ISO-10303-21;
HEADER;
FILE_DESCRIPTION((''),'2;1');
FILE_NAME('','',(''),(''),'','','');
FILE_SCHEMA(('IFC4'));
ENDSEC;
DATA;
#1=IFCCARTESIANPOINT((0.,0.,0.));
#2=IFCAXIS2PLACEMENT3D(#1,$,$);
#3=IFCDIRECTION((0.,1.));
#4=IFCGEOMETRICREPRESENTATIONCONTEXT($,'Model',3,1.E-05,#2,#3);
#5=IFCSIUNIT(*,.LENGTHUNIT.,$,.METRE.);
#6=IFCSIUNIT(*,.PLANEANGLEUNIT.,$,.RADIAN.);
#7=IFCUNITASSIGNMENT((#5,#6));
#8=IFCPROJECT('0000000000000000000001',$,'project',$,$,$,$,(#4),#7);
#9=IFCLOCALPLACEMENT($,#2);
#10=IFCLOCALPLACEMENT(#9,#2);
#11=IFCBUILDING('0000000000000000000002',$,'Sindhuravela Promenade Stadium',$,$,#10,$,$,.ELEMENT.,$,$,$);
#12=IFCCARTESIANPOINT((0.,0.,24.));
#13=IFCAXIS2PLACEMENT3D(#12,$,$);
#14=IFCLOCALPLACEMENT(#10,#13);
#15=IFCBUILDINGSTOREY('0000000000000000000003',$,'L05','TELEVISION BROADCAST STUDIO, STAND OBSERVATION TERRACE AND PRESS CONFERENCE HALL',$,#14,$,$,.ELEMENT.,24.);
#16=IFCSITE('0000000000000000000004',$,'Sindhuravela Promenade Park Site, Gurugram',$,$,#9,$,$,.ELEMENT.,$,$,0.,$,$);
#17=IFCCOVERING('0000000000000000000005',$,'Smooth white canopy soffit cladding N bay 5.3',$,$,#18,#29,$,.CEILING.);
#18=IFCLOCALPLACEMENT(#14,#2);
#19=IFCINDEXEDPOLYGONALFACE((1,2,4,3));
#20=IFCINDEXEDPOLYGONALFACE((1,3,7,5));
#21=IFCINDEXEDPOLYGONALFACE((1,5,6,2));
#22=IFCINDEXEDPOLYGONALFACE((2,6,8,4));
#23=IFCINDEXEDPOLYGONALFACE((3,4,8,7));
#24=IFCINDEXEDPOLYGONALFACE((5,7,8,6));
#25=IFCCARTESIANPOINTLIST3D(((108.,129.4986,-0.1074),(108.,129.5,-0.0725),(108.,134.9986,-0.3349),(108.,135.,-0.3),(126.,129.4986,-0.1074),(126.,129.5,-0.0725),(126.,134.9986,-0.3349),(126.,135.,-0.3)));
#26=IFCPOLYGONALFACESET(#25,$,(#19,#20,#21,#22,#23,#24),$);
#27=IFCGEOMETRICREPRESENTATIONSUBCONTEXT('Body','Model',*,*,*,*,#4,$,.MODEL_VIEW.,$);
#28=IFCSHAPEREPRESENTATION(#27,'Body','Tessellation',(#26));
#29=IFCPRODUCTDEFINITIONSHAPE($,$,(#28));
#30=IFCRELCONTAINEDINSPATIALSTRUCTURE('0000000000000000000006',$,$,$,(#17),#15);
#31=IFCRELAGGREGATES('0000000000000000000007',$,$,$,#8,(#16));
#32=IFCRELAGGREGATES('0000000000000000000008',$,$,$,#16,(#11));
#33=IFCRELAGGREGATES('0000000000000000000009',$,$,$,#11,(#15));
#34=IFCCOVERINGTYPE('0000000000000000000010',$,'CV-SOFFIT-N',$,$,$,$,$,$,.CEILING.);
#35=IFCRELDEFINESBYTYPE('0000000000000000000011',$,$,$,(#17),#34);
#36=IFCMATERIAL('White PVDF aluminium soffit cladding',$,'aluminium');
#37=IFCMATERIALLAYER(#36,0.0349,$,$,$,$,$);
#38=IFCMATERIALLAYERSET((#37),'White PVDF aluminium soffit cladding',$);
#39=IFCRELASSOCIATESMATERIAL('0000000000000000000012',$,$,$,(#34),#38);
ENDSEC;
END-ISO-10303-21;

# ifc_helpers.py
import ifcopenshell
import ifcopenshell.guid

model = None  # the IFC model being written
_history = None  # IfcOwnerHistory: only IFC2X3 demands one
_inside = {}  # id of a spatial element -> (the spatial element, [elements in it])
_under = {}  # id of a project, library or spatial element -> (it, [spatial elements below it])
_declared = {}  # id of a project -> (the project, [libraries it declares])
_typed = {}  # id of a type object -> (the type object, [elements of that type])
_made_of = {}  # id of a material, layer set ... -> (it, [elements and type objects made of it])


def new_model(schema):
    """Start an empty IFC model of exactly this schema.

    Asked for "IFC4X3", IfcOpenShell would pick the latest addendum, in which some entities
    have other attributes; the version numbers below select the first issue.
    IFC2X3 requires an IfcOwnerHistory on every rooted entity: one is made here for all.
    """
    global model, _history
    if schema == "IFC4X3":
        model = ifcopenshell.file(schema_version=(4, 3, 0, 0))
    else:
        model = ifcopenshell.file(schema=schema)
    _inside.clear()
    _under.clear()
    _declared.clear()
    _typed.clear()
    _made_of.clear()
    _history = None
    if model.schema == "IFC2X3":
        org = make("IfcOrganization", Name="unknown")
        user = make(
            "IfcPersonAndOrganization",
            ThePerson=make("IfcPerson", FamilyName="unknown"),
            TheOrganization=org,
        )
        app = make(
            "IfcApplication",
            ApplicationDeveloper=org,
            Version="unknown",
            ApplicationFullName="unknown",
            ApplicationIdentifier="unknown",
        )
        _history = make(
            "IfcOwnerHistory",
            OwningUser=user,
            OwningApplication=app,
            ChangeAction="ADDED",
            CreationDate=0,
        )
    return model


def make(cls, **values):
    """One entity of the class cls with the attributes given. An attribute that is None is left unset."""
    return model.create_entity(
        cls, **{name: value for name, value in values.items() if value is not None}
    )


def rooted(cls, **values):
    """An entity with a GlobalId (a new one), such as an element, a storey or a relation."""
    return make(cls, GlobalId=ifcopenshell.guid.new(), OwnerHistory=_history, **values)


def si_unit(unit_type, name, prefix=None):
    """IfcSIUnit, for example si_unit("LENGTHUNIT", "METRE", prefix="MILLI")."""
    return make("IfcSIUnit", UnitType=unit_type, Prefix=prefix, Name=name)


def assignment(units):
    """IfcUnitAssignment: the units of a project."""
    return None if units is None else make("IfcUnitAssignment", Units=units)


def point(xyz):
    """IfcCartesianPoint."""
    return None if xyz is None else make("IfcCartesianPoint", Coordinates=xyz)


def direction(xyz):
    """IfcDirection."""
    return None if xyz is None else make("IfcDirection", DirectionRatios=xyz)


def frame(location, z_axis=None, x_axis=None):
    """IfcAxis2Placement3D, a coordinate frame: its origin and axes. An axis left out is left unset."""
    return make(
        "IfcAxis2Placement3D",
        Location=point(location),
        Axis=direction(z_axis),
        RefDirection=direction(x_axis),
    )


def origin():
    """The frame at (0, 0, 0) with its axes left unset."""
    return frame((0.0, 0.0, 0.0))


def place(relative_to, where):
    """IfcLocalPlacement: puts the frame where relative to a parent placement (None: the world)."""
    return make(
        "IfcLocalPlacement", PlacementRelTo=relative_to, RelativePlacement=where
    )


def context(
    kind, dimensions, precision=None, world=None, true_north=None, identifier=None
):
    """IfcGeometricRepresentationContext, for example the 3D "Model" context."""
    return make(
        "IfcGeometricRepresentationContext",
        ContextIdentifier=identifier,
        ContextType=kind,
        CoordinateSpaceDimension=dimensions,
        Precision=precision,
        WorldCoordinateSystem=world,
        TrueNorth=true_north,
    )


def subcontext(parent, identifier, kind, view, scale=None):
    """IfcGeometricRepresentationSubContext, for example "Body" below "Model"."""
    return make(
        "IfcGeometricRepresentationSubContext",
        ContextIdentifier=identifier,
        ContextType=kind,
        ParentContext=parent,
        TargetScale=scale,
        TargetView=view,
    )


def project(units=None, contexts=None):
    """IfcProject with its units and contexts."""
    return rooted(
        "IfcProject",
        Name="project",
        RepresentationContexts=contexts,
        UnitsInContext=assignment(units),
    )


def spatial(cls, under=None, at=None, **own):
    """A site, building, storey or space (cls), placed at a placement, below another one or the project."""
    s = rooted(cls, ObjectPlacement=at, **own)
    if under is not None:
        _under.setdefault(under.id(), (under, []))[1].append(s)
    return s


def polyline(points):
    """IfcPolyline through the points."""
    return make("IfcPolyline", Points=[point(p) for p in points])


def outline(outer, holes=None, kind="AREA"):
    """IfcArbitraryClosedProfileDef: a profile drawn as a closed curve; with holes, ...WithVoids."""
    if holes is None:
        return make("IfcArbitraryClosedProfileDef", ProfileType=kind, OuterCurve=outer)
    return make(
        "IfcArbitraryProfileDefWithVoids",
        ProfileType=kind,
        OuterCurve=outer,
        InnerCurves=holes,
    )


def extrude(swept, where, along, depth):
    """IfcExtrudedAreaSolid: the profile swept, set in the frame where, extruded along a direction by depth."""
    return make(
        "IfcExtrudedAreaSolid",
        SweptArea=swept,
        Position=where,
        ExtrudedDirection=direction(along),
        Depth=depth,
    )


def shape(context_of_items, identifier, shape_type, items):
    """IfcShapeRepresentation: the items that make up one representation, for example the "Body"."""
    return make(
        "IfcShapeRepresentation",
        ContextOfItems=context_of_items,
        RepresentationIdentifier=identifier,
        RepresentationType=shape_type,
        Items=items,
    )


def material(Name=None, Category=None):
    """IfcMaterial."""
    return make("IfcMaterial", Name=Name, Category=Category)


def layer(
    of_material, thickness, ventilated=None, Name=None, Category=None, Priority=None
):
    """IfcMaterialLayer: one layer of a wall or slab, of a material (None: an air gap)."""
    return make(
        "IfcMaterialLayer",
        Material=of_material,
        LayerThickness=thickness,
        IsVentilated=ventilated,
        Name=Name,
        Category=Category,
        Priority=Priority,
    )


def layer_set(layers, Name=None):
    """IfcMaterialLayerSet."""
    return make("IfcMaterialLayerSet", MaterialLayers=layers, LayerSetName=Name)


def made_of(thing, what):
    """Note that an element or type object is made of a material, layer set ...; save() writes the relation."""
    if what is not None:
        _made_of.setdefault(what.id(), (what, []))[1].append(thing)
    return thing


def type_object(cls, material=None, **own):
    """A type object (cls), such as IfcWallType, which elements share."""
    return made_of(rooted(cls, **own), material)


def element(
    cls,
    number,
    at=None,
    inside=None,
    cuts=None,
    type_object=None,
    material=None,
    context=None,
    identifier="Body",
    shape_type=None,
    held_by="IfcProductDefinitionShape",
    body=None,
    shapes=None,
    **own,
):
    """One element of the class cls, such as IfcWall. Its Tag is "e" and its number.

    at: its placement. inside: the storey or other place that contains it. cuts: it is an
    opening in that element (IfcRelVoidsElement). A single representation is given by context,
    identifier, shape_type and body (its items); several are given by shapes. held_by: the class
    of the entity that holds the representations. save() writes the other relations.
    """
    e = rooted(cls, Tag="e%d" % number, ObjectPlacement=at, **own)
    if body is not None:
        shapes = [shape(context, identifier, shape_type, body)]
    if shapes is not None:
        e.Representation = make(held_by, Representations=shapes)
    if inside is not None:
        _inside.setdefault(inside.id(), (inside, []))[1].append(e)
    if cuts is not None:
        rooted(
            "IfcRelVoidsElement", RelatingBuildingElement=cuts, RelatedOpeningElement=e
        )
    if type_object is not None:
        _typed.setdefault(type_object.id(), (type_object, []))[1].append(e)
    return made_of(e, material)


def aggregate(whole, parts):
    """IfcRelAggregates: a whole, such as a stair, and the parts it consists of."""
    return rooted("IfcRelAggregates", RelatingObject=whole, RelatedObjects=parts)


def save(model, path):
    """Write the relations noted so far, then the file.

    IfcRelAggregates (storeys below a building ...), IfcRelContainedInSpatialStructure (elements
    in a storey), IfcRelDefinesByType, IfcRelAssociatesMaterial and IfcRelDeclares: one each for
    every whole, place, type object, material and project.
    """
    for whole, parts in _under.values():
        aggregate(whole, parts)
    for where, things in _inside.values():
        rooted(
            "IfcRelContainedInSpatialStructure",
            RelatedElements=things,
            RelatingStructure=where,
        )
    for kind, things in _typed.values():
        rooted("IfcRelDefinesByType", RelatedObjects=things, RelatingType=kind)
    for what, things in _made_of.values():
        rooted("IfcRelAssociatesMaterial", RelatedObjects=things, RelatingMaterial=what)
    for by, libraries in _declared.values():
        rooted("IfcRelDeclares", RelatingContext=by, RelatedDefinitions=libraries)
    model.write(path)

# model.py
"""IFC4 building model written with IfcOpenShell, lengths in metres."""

from ifc_helpers import new_model, si_unit, direction, frame, origin, place, context, subcontext, project, spatial, polyline, outline, extrude, material, layer, layer_set, type_object, element, save


model = new_model("IFC4")

# Units and contexts
model_context = context("Model", 3, precision=1e-05, world=origin(), true_north=direction((0.0, 1.0)))
body_context = subcontext(model_context, "Body", "Model", "MODEL_VIEW")
ifc_project = project(units=[si_unit("LENGTHUNIT", "METRE"), si_unit("PLANEANGLEUNIT", "RADIAN")], contexts=[model_context])

# Site, building, storey
site_placement = place(None, origin())
site = spatial("IfcSite", under=ifc_project, at=site_placement, Name="Sindhuravela Promenade Park Site, Gurugram", CompositionType="ELEMENT", RefElevation=0.0)
building_placement = place(site_placement, origin())
building = spatial("IfcBuilding", under=site, at=building_placement, Name="Sindhuravela Promenade Stadium", CompositionType="ELEMENT")
storey_placement = place(building_placement, frame((0.0, 0.0, 24.0)))
storey = spatial("IfcBuildingStorey", under=building, at=storey_placement, Name="L05", Description="TELEVISION BROADCAST STUDIO, STAND OBSERVATION TERRACE AND PRESS CONFERENCE HALL", CompositionType="ELEMENT", Elevation=24.0)

# Covering
ifc_material_1 = material(Name="White PVDF aluminium soffit cladding", Category="aluminium")
ifc_layer_1 = layer(ifc_material_1, 0.0349)
ifc_layer_set_1 = layer_set([ifc_layer_1], Name="White PVDF aluminium soffit cladding")
covering_type_1 = type_object("IfcCoveringType", Name="CV-SOFFIT-N", PredefinedType="CEILING", material=ifc_layer_set_1)
covering_1_placement = place(storey_placement, frame((108.0, 135.0, -0.3), z_axis=(0.0, 0.041335, 0.999145), x_axis=(1.0, 0.0, 0.0)))
element("IfcCovering", 1, at=covering_1_placement, inside=storey, type_object=covering_type_1, Name="Smooth white canopy soffit cladding N bay 5.3", PredefinedType="CEILING", context=body_context, shape_type="SweptSolid", body=[
    extrude(outline(polyline([(0.0, 0.0), (0.0, -5.5047), (18.0, -5.5047), (18.0, 0.0), (0.0, 0.0)])), origin(), (0.0, 0.0, -1.0), 0.0349),
])

save(model, "model.ifc")
